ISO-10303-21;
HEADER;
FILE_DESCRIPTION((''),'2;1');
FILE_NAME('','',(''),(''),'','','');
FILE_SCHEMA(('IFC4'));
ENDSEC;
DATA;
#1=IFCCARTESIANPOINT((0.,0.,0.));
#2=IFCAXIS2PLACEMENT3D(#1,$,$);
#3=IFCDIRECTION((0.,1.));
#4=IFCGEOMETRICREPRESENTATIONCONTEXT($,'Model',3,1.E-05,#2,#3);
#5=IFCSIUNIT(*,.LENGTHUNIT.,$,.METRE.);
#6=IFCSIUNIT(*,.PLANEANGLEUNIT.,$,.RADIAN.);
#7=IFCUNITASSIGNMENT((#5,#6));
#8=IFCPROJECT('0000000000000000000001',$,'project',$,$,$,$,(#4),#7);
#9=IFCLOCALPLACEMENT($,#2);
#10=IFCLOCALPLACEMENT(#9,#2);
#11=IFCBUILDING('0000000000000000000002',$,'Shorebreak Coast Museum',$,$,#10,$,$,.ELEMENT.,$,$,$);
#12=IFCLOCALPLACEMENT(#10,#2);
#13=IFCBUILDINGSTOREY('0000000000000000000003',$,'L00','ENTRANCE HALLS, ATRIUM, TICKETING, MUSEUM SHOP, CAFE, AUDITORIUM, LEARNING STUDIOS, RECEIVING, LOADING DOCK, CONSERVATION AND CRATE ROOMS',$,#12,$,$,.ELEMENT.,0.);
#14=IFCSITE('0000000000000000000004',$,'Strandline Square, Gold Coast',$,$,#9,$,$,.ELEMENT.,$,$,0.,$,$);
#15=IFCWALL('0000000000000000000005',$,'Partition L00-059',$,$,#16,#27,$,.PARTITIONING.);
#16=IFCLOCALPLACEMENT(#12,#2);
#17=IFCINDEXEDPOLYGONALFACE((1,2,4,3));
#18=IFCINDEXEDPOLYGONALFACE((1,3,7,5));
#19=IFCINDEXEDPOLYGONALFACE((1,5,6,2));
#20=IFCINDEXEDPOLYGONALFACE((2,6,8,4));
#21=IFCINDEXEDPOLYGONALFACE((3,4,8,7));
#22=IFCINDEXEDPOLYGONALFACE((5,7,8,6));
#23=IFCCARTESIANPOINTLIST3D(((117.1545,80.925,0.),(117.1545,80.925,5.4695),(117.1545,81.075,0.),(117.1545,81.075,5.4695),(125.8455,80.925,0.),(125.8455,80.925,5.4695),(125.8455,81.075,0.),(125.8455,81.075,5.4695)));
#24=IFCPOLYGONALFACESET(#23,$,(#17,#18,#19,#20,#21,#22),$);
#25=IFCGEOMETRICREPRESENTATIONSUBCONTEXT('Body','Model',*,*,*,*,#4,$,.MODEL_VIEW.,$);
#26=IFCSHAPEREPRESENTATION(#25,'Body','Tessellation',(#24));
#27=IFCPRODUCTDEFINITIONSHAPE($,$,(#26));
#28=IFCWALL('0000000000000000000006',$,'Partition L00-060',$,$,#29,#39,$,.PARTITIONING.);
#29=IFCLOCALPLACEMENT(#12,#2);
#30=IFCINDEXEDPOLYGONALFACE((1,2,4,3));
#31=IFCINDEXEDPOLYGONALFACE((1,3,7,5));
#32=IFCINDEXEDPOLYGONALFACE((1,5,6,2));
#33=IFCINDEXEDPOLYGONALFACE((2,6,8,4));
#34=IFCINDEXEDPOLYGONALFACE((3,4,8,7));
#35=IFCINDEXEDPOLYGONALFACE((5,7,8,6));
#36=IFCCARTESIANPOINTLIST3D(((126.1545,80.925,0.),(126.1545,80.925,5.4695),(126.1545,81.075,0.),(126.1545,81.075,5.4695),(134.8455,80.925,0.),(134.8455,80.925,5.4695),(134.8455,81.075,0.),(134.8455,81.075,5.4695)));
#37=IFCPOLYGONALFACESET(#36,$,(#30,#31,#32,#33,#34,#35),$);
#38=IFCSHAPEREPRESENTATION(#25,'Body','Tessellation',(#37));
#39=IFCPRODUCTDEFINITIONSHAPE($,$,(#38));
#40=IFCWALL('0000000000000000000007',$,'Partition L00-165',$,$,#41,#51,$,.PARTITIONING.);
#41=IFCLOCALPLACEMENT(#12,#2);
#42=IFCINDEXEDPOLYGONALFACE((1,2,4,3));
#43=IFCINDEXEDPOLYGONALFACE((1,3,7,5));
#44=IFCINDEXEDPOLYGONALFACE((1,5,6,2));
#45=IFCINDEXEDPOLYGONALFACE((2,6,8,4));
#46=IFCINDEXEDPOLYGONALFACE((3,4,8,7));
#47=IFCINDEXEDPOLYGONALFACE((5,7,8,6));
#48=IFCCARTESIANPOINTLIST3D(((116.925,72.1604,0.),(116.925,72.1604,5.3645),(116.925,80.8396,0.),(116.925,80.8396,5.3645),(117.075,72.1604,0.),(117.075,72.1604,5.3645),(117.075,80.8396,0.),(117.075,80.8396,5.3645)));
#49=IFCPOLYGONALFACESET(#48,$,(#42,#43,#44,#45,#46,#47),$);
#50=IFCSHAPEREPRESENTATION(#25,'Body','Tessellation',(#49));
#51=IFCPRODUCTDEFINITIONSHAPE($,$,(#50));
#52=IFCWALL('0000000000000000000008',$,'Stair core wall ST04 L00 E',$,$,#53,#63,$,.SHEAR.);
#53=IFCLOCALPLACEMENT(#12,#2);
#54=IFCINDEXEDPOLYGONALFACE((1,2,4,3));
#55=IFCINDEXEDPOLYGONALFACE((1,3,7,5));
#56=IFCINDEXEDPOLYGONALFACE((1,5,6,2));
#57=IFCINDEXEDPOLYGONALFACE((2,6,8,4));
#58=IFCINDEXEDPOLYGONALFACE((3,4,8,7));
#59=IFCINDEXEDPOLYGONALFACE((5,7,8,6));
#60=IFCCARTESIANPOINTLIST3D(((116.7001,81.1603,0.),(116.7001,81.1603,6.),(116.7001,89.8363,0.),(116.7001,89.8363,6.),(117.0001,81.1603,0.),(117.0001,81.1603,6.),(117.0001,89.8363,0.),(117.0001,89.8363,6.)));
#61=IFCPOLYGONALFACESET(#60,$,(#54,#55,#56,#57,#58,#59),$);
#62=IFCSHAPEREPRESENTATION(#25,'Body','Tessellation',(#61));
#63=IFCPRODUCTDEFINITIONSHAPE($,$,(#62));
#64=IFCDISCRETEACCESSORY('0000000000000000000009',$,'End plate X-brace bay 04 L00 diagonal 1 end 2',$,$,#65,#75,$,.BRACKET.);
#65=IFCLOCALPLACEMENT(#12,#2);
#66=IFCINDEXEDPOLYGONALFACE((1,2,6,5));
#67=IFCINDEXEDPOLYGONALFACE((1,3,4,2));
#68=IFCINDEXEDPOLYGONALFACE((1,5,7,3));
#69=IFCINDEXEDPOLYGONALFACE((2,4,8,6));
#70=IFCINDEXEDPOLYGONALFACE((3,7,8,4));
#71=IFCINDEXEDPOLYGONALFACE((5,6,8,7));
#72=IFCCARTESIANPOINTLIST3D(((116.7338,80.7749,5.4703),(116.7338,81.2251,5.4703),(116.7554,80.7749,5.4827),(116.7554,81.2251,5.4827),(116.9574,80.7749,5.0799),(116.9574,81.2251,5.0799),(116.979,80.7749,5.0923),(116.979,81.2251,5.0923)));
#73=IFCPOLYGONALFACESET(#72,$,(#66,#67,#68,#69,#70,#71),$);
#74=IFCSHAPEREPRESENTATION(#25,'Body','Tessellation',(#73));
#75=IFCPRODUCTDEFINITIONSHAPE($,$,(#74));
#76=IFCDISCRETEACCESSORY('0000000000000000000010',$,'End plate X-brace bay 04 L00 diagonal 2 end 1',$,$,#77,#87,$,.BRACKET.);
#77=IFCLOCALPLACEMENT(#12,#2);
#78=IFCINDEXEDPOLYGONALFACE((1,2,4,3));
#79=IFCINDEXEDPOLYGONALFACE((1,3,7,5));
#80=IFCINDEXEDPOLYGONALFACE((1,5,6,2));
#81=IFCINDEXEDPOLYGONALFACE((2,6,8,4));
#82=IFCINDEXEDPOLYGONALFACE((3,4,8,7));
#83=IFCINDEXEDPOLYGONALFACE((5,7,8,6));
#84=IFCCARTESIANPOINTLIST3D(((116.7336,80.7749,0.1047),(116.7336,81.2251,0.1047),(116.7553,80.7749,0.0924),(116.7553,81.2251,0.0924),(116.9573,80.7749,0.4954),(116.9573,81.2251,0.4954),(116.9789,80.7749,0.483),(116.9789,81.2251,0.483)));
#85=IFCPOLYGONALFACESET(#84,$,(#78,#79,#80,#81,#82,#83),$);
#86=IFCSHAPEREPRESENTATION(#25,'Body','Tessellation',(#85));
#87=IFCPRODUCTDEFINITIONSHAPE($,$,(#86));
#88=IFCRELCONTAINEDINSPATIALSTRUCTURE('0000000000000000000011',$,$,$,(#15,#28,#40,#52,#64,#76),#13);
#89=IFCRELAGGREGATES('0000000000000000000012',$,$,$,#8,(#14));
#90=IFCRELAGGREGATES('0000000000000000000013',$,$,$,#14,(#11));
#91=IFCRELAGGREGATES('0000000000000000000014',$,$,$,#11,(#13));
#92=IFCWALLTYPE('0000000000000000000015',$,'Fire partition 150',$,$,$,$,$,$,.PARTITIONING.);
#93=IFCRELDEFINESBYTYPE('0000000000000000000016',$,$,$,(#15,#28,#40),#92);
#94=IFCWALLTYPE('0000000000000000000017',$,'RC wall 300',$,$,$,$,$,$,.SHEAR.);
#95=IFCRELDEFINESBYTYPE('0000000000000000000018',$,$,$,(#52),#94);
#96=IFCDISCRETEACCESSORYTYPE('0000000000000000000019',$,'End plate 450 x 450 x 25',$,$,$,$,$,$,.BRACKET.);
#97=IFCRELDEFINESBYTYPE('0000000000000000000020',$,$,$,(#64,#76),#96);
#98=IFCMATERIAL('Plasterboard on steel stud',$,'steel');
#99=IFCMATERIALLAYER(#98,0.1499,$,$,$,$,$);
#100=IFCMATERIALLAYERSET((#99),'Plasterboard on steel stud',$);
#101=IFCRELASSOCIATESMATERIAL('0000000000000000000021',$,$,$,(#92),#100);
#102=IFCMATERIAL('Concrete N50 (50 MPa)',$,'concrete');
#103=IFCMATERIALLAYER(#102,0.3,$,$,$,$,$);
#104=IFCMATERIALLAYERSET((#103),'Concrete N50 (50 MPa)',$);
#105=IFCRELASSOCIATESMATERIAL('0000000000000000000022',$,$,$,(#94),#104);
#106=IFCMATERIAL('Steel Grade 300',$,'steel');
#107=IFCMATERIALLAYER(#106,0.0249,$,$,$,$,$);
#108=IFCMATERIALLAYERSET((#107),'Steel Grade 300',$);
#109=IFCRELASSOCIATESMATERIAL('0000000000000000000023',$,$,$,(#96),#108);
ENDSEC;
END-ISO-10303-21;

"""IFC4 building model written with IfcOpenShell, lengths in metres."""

from ifc_helpers import new_model, si_unit, direction, frame, frame_2d, origin, place, context, subcontext, project, spatial, polyline, rectangle, outline, extrude, material, layer, layer_set, type_object, element, save


model = new_model("IFC4")

# Units and contexts
model_context = context("Model", 3, precision=1e-05, world=origin(), true_north=direction((0.0, 1.0)))
body_context = subcontext(model_context, "Body", "Model", "MODEL_VIEW")
ifc_project = project(units=[si_unit("LENGTHUNIT", "METRE"), si_unit("PLANEANGLEUNIT", "RADIAN")], contexts=[model_context])

# Site, building, storey
site_placement = place(None, origin())
site = spatial("IfcSite", under=ifc_project, at=site_placement, Name="Strandline Square, Gold Coast", CompositionType="ELEMENT", RefElevation=0.0)
building_placement = place(site_placement, origin())
building = spatial("IfcBuilding", under=site, at=building_placement, Name="Shorebreak Coast Museum", CompositionType="ELEMENT")
storey_placement = place(building_placement, origin())
storey = spatial("IfcBuildingStorey", under=building, at=storey_placement, Name="L00", Description="ENTRANCE HALLS, ATRIUM, TICKETING, MUSEUM SHOP, CAFE, AUDITORIUM, LEARNING STUDIOS, RECEIVING, LOADING DOCK, CONSERVATION AND CRATE ROOMS", CompositionType="ELEMENT", Elevation=0.0)

# Walls
ifc_material_1 = material(Name="Plasterboard on steel stud", Category="steel")
ifc_layer_1 = layer(ifc_material_1, 0.1499)
ifc_layer_set_1 = layer_set([ifc_layer_1], Name="Plasterboard on steel stud")
wall_type_1 = type_object("IfcWallType", Name="Fire partition 150", PredefinedType="PARTITIONING", material=ifc_layer_set_1)
for number, where, z_axis, x_axis, name in (
    (1, (117.1545, 81.0, 0.0), (0.0, 0.0, 1.0), (1.0, 0.0, 0.0), "Partition L00-059"),
    (2, (126.1545, 81.0, 0.0), (0.0, 0.0, 1.0), (1.0, 0.0, 0.0), "Partition L00-060"),
):
    element("IfcWall", number, at=place(storey_placement, frame(where, z_axis=z_axis, x_axis=x_axis)), inside=storey, type_object=wall_type_1, Name=name, PredefinedType="PARTITIONING", context=body_context, shape_type="SweptSolid", body=[
        extrude(rectangle(XDim=8.6909, YDim=0.1499, at=frame_2d((4.3455, 0.0))), origin(), (0.0, 0.0, 1.0), 5.4695),
    ])
wall_1_placement = place(storey_placement, frame((117.0, 72.1604, 0.0), z_axis=(0.0, 0.0, 1.0), x_axis=(0.0, 1.0, 0.0)))
element("IfcWall", 3, at=wall_1_placement, inside=storey, type_object=wall_type_1, Name="Partition L00-165", PredefinedType="PARTITIONING", context=body_context, shape_type="SweptSolid", body=[
    extrude(rectangle(XDim=8.6792, YDim=0.1499, at=frame_2d((4.3396, 0.0))), origin(), (0.0, 0.0, 1.0), 5.3645),
])
ifc_material_2 = material(Name="Concrete N50 (50 MPa)", Category="concrete")
ifc_layer_2 = layer(ifc_material_2, 0.3)
ifc_layer_set_2 = layer_set([ifc_layer_2], Name="Concrete N50 (50 MPa)")
wall_type_2 = type_object("IfcWallType", Name="RC wall 300", PredefinedType="SHEAR", material=ifc_layer_set_2)
wall_2_placement = place(storey_placement, frame((116.8501, 81.1604, 0.0), z_axis=(0.0, 0.0, 1.0), x_axis=(0.0, 1.0, 0.0)))
element("IfcWall", 4, at=wall_2_placement, inside=storey, type_object=wall_type_2, Name="Stair core wall ST04 L00 E", PredefinedType="SHEAR", context=body_context, shape_type="SweptSolid", body=[
    extrude(rectangle(XDim=8.676, YDim=0.3, at=frame_2d((4.3379, 0.0))), origin(), (0.0, 0.0, 1.0), 6.0),
])

# Discrete accessories
ifc_material_3 = material(Name="Steel Grade 300", Category="steel")
ifc_layer_3 = layer(ifc_material_3, 0.0249)
ifc_layer_set_3 = layer_set([ifc_layer_3], Name="Steel Grade 300")
discrete_accessory_type = type_object("IfcDiscreteAccessoryType", Name="End plate 450 x 450 x 25", PredefinedType="BRACKET", material=ifc_layer_set_3)
discrete_accessory_1_placement = place(storey_placement, frame((116.979, 80.7749, 5.0923), z_axis=(0.867708, 0.0, 0.497074), x_axis=(0.0, 1.0, 0.0)))
element("IfcDiscreteAccessory", 5, at=discrete_accessory_1_placement, inside=storey, type_object=discrete_accessory_type, Name="End plate X-brace bay 04 L00 diagonal 1 end 2", PredefinedType="BRACKET", context=body_context, shape_type="SweptSolid", body=[
    extrude(outline(polyline([(0.0, 0.0), (0.4502, 0.0), (0.4502, 0.4499), (0.0, 0.4499), (0.0, 0.0)])), origin(), (0.0, 0.0, -1.0), 0.0249),
])
discrete_accessory_2_placement = place(storey_placement, frame((116.7336, 81.2251, 0.1047), z_axis=(-0.867842, 0.0, 0.49684), x_axis=(0.0, -1.0, 0.0)))
element("IfcDiscreteAccessory", 6, at=discrete_accessory_2_placement, inside=storey, type_object=discrete_accessory_type, Name="End plate X-brace bay 04 L00 diagonal 2 end 1", PredefinedType="BRACKET", context=body_context, shape_type="SweptSolid", body=[
    extrude(outline(polyline([(0.0, 0.0), (0.4502, 0.0), (0.4502, 0.4501), (0.0, 0.4501), (0.0, 0.0)])), origin(), (0.0, 0.0, -1.0), 0.0249),
])

save(model, "model.ifc")
